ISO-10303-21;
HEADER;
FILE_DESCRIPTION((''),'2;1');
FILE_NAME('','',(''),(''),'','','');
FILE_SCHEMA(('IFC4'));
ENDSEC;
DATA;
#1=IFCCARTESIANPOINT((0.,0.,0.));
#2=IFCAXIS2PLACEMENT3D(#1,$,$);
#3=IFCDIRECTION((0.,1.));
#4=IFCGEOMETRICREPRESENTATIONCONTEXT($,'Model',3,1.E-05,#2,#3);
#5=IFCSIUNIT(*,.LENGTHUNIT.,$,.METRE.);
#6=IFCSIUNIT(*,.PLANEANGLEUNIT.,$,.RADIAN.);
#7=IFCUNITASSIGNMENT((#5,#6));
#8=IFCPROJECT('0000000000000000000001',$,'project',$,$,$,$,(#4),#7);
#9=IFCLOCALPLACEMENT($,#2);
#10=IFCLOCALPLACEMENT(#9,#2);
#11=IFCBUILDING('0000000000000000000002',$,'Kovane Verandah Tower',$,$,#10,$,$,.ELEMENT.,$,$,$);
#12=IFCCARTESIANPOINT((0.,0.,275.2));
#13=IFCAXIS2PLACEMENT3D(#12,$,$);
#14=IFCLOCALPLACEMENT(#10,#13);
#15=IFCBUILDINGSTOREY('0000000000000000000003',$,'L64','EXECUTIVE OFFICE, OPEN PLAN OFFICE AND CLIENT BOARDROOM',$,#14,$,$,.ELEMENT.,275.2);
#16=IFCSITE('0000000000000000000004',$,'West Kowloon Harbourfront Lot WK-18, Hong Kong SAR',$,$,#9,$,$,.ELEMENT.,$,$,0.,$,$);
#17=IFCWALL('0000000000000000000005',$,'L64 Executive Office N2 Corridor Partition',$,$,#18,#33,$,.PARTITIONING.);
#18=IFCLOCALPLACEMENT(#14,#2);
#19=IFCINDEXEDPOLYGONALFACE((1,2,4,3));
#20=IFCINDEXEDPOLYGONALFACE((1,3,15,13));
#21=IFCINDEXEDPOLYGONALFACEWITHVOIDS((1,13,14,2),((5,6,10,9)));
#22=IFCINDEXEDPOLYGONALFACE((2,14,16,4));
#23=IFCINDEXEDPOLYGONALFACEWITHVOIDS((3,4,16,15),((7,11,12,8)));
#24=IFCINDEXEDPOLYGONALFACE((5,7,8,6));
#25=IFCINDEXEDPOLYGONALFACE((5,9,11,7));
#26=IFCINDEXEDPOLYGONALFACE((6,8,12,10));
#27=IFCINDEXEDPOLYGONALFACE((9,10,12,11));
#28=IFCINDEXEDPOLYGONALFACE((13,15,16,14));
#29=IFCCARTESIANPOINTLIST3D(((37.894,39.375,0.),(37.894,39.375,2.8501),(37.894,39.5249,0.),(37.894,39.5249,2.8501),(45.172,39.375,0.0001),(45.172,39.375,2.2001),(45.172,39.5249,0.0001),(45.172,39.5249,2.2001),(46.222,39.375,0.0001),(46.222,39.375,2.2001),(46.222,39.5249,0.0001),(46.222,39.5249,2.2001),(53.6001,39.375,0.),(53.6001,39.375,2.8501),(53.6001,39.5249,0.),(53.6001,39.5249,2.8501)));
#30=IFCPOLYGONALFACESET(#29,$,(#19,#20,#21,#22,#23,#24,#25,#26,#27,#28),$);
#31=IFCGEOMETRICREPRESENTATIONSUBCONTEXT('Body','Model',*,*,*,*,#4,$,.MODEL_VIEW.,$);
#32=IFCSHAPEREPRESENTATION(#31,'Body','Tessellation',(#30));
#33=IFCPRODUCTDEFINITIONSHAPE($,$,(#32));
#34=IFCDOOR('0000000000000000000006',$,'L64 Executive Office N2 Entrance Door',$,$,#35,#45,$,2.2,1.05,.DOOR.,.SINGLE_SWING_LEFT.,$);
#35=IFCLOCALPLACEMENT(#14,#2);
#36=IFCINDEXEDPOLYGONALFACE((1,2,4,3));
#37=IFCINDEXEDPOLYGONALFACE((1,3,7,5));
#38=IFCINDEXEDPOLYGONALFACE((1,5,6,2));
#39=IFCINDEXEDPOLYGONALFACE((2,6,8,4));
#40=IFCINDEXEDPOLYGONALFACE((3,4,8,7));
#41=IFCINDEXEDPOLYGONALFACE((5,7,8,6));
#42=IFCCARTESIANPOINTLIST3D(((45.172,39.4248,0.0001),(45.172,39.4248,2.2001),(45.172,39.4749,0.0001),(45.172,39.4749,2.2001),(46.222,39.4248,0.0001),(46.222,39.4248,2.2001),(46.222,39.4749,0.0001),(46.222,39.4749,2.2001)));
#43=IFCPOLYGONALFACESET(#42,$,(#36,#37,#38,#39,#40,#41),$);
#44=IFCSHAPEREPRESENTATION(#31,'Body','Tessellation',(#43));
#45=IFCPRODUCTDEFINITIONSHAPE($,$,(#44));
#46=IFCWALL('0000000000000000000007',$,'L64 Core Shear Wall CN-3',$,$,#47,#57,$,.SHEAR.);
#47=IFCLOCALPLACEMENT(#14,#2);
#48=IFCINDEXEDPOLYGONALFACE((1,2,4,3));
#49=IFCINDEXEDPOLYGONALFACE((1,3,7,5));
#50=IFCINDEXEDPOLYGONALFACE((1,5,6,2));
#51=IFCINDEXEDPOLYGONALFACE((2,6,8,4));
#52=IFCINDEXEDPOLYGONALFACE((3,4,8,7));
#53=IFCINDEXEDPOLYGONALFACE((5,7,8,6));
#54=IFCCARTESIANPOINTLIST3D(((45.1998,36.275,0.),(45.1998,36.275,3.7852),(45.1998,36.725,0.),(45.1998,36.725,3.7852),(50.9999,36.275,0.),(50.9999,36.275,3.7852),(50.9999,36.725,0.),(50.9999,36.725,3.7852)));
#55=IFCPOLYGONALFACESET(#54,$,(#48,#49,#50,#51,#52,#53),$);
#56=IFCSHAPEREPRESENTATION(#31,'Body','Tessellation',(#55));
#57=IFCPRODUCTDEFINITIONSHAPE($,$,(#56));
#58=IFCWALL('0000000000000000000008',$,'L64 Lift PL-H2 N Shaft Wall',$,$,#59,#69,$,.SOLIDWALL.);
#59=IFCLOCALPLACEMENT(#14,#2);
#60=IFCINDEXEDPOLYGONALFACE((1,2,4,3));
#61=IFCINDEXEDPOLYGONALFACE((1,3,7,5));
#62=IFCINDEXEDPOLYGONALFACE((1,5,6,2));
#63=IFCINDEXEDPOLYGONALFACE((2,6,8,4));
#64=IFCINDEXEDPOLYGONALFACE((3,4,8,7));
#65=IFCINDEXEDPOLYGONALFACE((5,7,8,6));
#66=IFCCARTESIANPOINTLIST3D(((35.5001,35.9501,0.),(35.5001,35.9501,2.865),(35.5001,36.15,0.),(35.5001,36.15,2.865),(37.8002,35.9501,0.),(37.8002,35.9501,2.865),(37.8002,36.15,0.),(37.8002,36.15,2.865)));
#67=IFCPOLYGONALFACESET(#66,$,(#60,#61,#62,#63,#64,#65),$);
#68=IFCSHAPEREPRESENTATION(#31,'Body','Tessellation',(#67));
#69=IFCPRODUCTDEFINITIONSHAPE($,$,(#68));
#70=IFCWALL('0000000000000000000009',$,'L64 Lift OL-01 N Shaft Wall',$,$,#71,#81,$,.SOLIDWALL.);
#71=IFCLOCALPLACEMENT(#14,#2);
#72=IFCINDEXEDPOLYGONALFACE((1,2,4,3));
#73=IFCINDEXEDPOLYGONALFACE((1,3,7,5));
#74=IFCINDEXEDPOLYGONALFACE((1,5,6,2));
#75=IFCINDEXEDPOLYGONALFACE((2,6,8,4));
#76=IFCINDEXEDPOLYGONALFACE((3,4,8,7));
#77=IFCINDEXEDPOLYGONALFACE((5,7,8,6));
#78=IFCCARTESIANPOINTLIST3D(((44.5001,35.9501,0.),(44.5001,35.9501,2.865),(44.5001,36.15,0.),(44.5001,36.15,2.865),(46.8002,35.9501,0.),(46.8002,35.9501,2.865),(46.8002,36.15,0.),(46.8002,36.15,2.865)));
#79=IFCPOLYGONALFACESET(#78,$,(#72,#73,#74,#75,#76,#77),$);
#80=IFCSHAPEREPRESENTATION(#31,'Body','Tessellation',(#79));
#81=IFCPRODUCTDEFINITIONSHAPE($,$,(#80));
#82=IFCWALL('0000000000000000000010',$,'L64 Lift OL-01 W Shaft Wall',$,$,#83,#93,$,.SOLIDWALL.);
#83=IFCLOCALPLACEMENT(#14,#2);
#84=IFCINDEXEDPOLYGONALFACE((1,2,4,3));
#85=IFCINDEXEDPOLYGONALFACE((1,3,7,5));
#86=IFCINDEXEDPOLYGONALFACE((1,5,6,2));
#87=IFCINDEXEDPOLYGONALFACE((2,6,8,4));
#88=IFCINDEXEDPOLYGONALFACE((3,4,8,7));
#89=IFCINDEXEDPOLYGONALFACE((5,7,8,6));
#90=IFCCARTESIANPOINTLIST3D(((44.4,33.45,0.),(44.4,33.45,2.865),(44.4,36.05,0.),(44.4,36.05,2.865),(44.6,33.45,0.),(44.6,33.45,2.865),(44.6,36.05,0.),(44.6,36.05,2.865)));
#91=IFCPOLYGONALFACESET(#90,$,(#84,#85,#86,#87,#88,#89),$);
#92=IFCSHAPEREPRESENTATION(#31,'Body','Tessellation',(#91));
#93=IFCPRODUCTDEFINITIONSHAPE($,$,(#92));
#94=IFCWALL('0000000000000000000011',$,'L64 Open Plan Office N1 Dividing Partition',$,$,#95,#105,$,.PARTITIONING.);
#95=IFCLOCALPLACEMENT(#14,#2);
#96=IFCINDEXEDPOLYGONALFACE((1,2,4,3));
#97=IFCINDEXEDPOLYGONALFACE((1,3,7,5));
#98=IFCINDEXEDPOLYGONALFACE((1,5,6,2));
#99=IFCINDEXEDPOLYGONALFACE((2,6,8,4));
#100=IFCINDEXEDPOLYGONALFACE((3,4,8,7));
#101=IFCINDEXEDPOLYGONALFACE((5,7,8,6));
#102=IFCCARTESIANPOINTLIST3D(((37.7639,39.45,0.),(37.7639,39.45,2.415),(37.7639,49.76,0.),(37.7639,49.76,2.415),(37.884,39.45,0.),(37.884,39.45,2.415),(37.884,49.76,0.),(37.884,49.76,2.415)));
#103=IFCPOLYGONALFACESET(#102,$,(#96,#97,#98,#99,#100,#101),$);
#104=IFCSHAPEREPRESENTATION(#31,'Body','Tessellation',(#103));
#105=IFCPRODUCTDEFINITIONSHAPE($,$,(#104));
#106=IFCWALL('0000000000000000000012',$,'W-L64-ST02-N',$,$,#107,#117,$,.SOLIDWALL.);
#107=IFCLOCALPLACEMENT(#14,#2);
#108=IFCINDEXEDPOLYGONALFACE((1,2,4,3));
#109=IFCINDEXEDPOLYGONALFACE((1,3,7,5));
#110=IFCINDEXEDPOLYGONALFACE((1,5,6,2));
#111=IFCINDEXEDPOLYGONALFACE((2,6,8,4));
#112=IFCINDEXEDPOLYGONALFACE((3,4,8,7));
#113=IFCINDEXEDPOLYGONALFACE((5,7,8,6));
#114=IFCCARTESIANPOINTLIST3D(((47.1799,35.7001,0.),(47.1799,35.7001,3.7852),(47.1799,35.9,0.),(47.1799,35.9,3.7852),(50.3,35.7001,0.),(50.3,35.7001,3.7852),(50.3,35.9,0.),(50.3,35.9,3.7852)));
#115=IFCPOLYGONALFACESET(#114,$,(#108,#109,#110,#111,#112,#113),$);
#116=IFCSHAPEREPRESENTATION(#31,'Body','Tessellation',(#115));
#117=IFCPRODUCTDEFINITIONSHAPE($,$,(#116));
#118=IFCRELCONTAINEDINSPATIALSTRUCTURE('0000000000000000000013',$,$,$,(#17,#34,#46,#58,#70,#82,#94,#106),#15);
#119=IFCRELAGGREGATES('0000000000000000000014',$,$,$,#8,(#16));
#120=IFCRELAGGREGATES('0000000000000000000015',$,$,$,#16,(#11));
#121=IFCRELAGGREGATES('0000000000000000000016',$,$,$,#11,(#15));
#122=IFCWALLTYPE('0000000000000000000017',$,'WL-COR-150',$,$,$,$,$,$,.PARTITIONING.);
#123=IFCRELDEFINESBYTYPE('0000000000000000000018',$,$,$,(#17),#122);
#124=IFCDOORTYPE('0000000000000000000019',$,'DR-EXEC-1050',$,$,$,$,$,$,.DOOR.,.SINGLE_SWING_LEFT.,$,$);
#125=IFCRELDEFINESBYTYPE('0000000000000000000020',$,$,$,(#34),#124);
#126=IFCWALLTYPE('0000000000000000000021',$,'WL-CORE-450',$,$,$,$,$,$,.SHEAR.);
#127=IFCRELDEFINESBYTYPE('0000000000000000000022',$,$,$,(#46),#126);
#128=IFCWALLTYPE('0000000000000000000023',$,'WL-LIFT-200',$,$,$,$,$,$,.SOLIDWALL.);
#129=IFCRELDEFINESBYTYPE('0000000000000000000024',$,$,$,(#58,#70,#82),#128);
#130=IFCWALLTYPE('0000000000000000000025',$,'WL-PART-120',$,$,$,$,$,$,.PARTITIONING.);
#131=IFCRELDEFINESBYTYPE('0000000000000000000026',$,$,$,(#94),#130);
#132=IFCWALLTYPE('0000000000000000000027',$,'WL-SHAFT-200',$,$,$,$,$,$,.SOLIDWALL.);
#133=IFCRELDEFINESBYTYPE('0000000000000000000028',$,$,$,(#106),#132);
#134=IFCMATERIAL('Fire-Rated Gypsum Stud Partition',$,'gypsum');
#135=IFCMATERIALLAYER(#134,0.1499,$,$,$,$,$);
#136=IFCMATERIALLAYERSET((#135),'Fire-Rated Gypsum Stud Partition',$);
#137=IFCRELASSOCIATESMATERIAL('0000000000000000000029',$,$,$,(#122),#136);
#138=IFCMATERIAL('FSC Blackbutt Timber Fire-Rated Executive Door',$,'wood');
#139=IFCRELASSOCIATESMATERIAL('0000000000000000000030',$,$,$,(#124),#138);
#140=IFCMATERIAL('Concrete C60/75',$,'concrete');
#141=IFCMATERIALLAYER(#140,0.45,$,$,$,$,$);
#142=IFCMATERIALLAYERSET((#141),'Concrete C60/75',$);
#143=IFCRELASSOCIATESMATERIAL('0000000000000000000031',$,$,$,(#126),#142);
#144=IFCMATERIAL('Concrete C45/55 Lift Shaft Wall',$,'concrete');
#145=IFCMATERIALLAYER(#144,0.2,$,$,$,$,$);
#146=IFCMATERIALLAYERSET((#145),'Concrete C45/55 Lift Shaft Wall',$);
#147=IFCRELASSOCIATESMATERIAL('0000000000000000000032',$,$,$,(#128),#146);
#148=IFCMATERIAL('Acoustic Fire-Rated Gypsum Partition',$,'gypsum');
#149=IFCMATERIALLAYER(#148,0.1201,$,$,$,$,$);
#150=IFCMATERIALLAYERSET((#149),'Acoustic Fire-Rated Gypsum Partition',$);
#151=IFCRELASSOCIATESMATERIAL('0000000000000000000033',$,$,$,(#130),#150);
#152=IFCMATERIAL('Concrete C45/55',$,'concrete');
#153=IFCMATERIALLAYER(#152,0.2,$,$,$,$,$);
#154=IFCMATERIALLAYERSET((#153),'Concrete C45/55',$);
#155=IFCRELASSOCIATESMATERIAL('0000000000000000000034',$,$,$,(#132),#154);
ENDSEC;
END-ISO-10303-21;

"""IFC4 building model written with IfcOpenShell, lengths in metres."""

from ifc_helpers import new_model, si_unit, direction, frame, frame_2d, origin, place, context, subcontext, project, spatial, rectangle, extrude, material, layer, layer_set, type_object, element, fill, save


model = new_model("IFC4")

# Units and contexts
model_context = context("Model", 3, precision=1e-05, world=origin(), true_north=direction((0.0, 1.0)))
body_context = subcontext(model_context, "Body", "Model", "MODEL_VIEW")
ifc_project = project(units=[si_unit("LENGTHUNIT", "METRE"), si_unit("PLANEANGLEUNIT", "RADIAN")], contexts=[model_context])

# Site, building, storey
site_placement = place(None, origin())
site = spatial("IfcSite", under=ifc_project, at=site_placement, Name="West Kowloon Harbourfront Lot WK-18, Hong Kong SAR", CompositionType="ELEMENT", RefElevation=0.0)
building_placement = place(site_placement, origin())
building = spatial("IfcBuilding", under=site, at=building_placement, Name="Kovane Verandah Tower", CompositionType="ELEMENT")
storey_placement = place(building_placement, frame((0.0, 0.0, 275.2)))
storey = spatial("IfcBuildingStorey", under=building, at=storey_placement, Name="L64", Description="EXECUTIVE OFFICE, OPEN PLAN OFFICE AND CLIENT BOARDROOM", CompositionType="ELEMENT", Elevation=275.2)

# Shared definitions
ifc_material_1 = material(Name="Concrete C60/75", Category="concrete")

# Shared definitions
ifc_material_2 = material(Name="Fire-Rated Gypsum Stud Partition", Category="gypsum")
ifc_layer_1 = layer(ifc_material_2, 0.1499)
ifc_layer_set_1 = layer_set([ifc_layer_1], Name="Fire-Rated Gypsum Stud Partition")
wall_type_1 = type_object("IfcWallType", Name="WL-COR-150", PredefinedType="PARTITIONING", material=ifc_layer_set_1)

# Wall, opening, door
wall_1_placement = place(storey_placement, frame((37.894, 39.45, 0.0), z_axis=(0.0, 0.0, 1.0), x_axis=(1.0, 0.0, 0.0)))
wall_1 = element("IfcWall", 1, at=wall_1_placement, inside=storey, type_object=wall_type_1, Name="L64 Executive Office N2 Corridor Partition", PredefinedType="PARTITIONING", context=body_context, shape_type="SweptSolid", body=[
    extrude(rectangle(XDim=15.7061, YDim=0.1499, at=frame_2d((7.853, 0.0))), origin(), (0.0, 0.0, 1.0), 2.8501),
])
opening_1_placement = place(wall_1_placement, frame((7.2781, 0.0, 0.0)))
opening_1 = element("IfcOpeningElement", 2, at=opening_1_placement, cuts=wall_1, PredefinedType="OPENING", context=body_context, shape_type="SweptSolid", body=[
    extrude(rectangle(XDim=1.05, YDim=2.2, at=frame_2d((0.5249, 1.1001))), frame((0.0, 0.075, 0.0), z_axis=(0.0, -1.0, 0.0), x_axis=(1.0, 0.0, 0.0)), (0.0, 0.0, 1.0), 0.1499),
])
ifc_material_3 = material(Name="FSC Blackbutt Timber Fire-Rated Executive Door", Category="wood")
door_type_1 = type_object("IfcDoorType", Name="DR-EXEC-1050", OperationType="SINGLE_SWING_LEFT", PredefinedType="DOOR", material=ifc_material_3)
door_1_placement = place(opening_1_placement, origin())
door_1 = element("IfcDoor", 3, at=door_1_placement, inside=storey, type_object=door_type_1, Name="L64 Executive Office N2 Entrance Door", OperationType="SINGLE_SWING_LEFT", OverallHeight=2.2, OverallWidth=1.05, PredefinedType="DOOR", context=body_context, shape_type="SweptSolid", body=[
    extrude(rectangle(XDim=1.05, YDim=2.2, at=frame_2d((0.5249, 1.1001))), frame((0.0, 0.0249, 0.0), z_axis=(0.0, -1.0, 0.0), x_axis=(1.0, 0.0, 0.0)), (0.0, 0.0, 1.0), 0.05),
])
fill(opening_1, door_1)
ifc_layer_2 = layer(ifc_material_1, 0.45)
ifc_layer_set_2 = layer_set([ifc_layer_2], Name="Concrete C60/75")
wall_type_2 = type_object("IfcWallType", Name="WL-CORE-450", PredefinedType="SHEAR", material=ifc_layer_set_2)

# Walls
wall_2_placement = place(storey_placement, frame((45.2, 36.5, 0.0), z_axis=(0.0, 0.0, 1.0), x_axis=(1.0, 0.0, 0.0)))
element("IfcWall", 4, at=wall_2_placement, inside=storey, type_object=wall_type_2, Name="L64 Core Shear Wall CN-3", PredefinedType="SHEAR", context=body_context, shape_type="SweptSolid", body=[
    extrude(rectangle(XDim=5.8, YDim=0.45, at=frame_2d((2.8999, 0.0))), origin(), (0.0, 0.0, 1.0), 3.7852),
])
ifc_material_4 = material(Name="Concrete C45/55 Lift Shaft Wall", Category="concrete")
ifc_layer_3 = layer(ifc_material_4, 0.2)
ifc_layer_set_3 = layer_set([ifc_layer_3], Name="Concrete C45/55 Lift Shaft Wall")
wall_type_3 = type_object("IfcWallType", Name="WL-LIFT-200", PredefinedType="SOLIDWALL", material=ifc_layer_set_3)
for number, where, z_axis, x_axis, name in (
    (5, (37.8, 36.05, 0.0), (0.0, 0.0, 1.0), (-1.0, 0.0, 0.0), "L64 Lift PL-H2 N Shaft Wall"),
    (6, (46.8, 36.05, 0.0), (0.0, 0.0, 1.0), (-1.0, 0.0, 0.0), "L64 Lift OL-01 N Shaft Wall"),
):
    element("IfcWall", number, at=place(storey_placement, frame(where, z_axis=z_axis, x_axis=x_axis)), inside=storey, type_object=wall_type_3, Name=name, PredefinedType="SOLIDWALL", context=body_context, shape_type="SweptSolid", body=[
        extrude(rectangle(XDim=2.3, YDim=0.2, at=frame_2d((1.1499, 0.0))), origin(), (0.0, 0.0, 1.0), 2.865),
    ])
wall_3_placement = place(storey_placement, frame((44.5, 36.05, 0.0), z_axis=(0.0, 0.0, 1.0), x_axis=(0.0, -1.0, 0.0)))
element("IfcWall", 7, at=wall_3_placement, inside=storey, type_object=wall_type_3, Name="L64 Lift OL-01 W Shaft Wall", PredefinedType="SOLIDWALL", context=body_context, shape_type="SweptSolid", body=[
    extrude(rectangle(XDim=2.6001, YDim=0.2, at=frame_2d((1.3, 0.0))), origin(), (0.0, 0.0, 1.0), 2.865),
])
ifc_material_5 = material(Name="Acoustic Fire-Rated Gypsum Partition", Category="gypsum")
ifc_layer_4 = layer(ifc_material_5, 0.1201)
ifc_layer_set_4 = layer_set([ifc_layer_4], Name="Acoustic Fire-Rated Gypsum Partition")
wall_type_4 = type_object("IfcWallType", Name="WL-PART-120", PredefinedType="PARTITIONING", material=ifc_layer_set_4)
wall_4_placement = place(storey_placement, frame((37.824, 39.45, 0.0), z_axis=(0.0, 0.0, 1.0), x_axis=(0.0, 1.0, 0.0)))
element("IfcWall", 8, at=wall_4_placement, inside=storey, type_object=wall_type_4, Name="L64 Open Plan Office N1 Dividing Partition", PredefinedType="PARTITIONING", context=body_context, shape_type="SweptSolid", body=[
    extrude(rectangle(XDim=10.3101, YDim=0.1201, at=frame_2d((5.155, 0.0))), origin(), (0.0, 0.0, 1.0), 2.415),
])
ifc_material_6 = material(Name="Concrete C45/55", Category="concrete")
ifc_layer_5 = layer(ifc_material_6, 0.2)
ifc_layer_set_5 = layer_set([ifc_layer_5], Name="Concrete C45/55")
wall_type_5 = type_object("IfcWallType", Name="WL-SHAFT-200", PredefinedType="SOLIDWALL", material=ifc_layer_set_5)
wall_5_placement = place(storey_placement, frame((47.1799, 35.8, 0.0), z_axis=(0.0, 0.0, 1.0), x_axis=(1.0, 0.0, 0.0)))
element("IfcWall", 9, at=wall_5_placement, inside=storey, type_object=wall_type_5, Name="W-L64-ST02-N", PredefinedType="SOLIDWALL", context=body_context, shape_type="SweptSolid", body=[
    extrude(rectangle(XDim=3.1201, YDim=0.2, at=frame_2d((1.5601, 0.0))), origin(), (0.0, 0.0, 1.0), 3.7852),
])

save(model, "model.ifc")
